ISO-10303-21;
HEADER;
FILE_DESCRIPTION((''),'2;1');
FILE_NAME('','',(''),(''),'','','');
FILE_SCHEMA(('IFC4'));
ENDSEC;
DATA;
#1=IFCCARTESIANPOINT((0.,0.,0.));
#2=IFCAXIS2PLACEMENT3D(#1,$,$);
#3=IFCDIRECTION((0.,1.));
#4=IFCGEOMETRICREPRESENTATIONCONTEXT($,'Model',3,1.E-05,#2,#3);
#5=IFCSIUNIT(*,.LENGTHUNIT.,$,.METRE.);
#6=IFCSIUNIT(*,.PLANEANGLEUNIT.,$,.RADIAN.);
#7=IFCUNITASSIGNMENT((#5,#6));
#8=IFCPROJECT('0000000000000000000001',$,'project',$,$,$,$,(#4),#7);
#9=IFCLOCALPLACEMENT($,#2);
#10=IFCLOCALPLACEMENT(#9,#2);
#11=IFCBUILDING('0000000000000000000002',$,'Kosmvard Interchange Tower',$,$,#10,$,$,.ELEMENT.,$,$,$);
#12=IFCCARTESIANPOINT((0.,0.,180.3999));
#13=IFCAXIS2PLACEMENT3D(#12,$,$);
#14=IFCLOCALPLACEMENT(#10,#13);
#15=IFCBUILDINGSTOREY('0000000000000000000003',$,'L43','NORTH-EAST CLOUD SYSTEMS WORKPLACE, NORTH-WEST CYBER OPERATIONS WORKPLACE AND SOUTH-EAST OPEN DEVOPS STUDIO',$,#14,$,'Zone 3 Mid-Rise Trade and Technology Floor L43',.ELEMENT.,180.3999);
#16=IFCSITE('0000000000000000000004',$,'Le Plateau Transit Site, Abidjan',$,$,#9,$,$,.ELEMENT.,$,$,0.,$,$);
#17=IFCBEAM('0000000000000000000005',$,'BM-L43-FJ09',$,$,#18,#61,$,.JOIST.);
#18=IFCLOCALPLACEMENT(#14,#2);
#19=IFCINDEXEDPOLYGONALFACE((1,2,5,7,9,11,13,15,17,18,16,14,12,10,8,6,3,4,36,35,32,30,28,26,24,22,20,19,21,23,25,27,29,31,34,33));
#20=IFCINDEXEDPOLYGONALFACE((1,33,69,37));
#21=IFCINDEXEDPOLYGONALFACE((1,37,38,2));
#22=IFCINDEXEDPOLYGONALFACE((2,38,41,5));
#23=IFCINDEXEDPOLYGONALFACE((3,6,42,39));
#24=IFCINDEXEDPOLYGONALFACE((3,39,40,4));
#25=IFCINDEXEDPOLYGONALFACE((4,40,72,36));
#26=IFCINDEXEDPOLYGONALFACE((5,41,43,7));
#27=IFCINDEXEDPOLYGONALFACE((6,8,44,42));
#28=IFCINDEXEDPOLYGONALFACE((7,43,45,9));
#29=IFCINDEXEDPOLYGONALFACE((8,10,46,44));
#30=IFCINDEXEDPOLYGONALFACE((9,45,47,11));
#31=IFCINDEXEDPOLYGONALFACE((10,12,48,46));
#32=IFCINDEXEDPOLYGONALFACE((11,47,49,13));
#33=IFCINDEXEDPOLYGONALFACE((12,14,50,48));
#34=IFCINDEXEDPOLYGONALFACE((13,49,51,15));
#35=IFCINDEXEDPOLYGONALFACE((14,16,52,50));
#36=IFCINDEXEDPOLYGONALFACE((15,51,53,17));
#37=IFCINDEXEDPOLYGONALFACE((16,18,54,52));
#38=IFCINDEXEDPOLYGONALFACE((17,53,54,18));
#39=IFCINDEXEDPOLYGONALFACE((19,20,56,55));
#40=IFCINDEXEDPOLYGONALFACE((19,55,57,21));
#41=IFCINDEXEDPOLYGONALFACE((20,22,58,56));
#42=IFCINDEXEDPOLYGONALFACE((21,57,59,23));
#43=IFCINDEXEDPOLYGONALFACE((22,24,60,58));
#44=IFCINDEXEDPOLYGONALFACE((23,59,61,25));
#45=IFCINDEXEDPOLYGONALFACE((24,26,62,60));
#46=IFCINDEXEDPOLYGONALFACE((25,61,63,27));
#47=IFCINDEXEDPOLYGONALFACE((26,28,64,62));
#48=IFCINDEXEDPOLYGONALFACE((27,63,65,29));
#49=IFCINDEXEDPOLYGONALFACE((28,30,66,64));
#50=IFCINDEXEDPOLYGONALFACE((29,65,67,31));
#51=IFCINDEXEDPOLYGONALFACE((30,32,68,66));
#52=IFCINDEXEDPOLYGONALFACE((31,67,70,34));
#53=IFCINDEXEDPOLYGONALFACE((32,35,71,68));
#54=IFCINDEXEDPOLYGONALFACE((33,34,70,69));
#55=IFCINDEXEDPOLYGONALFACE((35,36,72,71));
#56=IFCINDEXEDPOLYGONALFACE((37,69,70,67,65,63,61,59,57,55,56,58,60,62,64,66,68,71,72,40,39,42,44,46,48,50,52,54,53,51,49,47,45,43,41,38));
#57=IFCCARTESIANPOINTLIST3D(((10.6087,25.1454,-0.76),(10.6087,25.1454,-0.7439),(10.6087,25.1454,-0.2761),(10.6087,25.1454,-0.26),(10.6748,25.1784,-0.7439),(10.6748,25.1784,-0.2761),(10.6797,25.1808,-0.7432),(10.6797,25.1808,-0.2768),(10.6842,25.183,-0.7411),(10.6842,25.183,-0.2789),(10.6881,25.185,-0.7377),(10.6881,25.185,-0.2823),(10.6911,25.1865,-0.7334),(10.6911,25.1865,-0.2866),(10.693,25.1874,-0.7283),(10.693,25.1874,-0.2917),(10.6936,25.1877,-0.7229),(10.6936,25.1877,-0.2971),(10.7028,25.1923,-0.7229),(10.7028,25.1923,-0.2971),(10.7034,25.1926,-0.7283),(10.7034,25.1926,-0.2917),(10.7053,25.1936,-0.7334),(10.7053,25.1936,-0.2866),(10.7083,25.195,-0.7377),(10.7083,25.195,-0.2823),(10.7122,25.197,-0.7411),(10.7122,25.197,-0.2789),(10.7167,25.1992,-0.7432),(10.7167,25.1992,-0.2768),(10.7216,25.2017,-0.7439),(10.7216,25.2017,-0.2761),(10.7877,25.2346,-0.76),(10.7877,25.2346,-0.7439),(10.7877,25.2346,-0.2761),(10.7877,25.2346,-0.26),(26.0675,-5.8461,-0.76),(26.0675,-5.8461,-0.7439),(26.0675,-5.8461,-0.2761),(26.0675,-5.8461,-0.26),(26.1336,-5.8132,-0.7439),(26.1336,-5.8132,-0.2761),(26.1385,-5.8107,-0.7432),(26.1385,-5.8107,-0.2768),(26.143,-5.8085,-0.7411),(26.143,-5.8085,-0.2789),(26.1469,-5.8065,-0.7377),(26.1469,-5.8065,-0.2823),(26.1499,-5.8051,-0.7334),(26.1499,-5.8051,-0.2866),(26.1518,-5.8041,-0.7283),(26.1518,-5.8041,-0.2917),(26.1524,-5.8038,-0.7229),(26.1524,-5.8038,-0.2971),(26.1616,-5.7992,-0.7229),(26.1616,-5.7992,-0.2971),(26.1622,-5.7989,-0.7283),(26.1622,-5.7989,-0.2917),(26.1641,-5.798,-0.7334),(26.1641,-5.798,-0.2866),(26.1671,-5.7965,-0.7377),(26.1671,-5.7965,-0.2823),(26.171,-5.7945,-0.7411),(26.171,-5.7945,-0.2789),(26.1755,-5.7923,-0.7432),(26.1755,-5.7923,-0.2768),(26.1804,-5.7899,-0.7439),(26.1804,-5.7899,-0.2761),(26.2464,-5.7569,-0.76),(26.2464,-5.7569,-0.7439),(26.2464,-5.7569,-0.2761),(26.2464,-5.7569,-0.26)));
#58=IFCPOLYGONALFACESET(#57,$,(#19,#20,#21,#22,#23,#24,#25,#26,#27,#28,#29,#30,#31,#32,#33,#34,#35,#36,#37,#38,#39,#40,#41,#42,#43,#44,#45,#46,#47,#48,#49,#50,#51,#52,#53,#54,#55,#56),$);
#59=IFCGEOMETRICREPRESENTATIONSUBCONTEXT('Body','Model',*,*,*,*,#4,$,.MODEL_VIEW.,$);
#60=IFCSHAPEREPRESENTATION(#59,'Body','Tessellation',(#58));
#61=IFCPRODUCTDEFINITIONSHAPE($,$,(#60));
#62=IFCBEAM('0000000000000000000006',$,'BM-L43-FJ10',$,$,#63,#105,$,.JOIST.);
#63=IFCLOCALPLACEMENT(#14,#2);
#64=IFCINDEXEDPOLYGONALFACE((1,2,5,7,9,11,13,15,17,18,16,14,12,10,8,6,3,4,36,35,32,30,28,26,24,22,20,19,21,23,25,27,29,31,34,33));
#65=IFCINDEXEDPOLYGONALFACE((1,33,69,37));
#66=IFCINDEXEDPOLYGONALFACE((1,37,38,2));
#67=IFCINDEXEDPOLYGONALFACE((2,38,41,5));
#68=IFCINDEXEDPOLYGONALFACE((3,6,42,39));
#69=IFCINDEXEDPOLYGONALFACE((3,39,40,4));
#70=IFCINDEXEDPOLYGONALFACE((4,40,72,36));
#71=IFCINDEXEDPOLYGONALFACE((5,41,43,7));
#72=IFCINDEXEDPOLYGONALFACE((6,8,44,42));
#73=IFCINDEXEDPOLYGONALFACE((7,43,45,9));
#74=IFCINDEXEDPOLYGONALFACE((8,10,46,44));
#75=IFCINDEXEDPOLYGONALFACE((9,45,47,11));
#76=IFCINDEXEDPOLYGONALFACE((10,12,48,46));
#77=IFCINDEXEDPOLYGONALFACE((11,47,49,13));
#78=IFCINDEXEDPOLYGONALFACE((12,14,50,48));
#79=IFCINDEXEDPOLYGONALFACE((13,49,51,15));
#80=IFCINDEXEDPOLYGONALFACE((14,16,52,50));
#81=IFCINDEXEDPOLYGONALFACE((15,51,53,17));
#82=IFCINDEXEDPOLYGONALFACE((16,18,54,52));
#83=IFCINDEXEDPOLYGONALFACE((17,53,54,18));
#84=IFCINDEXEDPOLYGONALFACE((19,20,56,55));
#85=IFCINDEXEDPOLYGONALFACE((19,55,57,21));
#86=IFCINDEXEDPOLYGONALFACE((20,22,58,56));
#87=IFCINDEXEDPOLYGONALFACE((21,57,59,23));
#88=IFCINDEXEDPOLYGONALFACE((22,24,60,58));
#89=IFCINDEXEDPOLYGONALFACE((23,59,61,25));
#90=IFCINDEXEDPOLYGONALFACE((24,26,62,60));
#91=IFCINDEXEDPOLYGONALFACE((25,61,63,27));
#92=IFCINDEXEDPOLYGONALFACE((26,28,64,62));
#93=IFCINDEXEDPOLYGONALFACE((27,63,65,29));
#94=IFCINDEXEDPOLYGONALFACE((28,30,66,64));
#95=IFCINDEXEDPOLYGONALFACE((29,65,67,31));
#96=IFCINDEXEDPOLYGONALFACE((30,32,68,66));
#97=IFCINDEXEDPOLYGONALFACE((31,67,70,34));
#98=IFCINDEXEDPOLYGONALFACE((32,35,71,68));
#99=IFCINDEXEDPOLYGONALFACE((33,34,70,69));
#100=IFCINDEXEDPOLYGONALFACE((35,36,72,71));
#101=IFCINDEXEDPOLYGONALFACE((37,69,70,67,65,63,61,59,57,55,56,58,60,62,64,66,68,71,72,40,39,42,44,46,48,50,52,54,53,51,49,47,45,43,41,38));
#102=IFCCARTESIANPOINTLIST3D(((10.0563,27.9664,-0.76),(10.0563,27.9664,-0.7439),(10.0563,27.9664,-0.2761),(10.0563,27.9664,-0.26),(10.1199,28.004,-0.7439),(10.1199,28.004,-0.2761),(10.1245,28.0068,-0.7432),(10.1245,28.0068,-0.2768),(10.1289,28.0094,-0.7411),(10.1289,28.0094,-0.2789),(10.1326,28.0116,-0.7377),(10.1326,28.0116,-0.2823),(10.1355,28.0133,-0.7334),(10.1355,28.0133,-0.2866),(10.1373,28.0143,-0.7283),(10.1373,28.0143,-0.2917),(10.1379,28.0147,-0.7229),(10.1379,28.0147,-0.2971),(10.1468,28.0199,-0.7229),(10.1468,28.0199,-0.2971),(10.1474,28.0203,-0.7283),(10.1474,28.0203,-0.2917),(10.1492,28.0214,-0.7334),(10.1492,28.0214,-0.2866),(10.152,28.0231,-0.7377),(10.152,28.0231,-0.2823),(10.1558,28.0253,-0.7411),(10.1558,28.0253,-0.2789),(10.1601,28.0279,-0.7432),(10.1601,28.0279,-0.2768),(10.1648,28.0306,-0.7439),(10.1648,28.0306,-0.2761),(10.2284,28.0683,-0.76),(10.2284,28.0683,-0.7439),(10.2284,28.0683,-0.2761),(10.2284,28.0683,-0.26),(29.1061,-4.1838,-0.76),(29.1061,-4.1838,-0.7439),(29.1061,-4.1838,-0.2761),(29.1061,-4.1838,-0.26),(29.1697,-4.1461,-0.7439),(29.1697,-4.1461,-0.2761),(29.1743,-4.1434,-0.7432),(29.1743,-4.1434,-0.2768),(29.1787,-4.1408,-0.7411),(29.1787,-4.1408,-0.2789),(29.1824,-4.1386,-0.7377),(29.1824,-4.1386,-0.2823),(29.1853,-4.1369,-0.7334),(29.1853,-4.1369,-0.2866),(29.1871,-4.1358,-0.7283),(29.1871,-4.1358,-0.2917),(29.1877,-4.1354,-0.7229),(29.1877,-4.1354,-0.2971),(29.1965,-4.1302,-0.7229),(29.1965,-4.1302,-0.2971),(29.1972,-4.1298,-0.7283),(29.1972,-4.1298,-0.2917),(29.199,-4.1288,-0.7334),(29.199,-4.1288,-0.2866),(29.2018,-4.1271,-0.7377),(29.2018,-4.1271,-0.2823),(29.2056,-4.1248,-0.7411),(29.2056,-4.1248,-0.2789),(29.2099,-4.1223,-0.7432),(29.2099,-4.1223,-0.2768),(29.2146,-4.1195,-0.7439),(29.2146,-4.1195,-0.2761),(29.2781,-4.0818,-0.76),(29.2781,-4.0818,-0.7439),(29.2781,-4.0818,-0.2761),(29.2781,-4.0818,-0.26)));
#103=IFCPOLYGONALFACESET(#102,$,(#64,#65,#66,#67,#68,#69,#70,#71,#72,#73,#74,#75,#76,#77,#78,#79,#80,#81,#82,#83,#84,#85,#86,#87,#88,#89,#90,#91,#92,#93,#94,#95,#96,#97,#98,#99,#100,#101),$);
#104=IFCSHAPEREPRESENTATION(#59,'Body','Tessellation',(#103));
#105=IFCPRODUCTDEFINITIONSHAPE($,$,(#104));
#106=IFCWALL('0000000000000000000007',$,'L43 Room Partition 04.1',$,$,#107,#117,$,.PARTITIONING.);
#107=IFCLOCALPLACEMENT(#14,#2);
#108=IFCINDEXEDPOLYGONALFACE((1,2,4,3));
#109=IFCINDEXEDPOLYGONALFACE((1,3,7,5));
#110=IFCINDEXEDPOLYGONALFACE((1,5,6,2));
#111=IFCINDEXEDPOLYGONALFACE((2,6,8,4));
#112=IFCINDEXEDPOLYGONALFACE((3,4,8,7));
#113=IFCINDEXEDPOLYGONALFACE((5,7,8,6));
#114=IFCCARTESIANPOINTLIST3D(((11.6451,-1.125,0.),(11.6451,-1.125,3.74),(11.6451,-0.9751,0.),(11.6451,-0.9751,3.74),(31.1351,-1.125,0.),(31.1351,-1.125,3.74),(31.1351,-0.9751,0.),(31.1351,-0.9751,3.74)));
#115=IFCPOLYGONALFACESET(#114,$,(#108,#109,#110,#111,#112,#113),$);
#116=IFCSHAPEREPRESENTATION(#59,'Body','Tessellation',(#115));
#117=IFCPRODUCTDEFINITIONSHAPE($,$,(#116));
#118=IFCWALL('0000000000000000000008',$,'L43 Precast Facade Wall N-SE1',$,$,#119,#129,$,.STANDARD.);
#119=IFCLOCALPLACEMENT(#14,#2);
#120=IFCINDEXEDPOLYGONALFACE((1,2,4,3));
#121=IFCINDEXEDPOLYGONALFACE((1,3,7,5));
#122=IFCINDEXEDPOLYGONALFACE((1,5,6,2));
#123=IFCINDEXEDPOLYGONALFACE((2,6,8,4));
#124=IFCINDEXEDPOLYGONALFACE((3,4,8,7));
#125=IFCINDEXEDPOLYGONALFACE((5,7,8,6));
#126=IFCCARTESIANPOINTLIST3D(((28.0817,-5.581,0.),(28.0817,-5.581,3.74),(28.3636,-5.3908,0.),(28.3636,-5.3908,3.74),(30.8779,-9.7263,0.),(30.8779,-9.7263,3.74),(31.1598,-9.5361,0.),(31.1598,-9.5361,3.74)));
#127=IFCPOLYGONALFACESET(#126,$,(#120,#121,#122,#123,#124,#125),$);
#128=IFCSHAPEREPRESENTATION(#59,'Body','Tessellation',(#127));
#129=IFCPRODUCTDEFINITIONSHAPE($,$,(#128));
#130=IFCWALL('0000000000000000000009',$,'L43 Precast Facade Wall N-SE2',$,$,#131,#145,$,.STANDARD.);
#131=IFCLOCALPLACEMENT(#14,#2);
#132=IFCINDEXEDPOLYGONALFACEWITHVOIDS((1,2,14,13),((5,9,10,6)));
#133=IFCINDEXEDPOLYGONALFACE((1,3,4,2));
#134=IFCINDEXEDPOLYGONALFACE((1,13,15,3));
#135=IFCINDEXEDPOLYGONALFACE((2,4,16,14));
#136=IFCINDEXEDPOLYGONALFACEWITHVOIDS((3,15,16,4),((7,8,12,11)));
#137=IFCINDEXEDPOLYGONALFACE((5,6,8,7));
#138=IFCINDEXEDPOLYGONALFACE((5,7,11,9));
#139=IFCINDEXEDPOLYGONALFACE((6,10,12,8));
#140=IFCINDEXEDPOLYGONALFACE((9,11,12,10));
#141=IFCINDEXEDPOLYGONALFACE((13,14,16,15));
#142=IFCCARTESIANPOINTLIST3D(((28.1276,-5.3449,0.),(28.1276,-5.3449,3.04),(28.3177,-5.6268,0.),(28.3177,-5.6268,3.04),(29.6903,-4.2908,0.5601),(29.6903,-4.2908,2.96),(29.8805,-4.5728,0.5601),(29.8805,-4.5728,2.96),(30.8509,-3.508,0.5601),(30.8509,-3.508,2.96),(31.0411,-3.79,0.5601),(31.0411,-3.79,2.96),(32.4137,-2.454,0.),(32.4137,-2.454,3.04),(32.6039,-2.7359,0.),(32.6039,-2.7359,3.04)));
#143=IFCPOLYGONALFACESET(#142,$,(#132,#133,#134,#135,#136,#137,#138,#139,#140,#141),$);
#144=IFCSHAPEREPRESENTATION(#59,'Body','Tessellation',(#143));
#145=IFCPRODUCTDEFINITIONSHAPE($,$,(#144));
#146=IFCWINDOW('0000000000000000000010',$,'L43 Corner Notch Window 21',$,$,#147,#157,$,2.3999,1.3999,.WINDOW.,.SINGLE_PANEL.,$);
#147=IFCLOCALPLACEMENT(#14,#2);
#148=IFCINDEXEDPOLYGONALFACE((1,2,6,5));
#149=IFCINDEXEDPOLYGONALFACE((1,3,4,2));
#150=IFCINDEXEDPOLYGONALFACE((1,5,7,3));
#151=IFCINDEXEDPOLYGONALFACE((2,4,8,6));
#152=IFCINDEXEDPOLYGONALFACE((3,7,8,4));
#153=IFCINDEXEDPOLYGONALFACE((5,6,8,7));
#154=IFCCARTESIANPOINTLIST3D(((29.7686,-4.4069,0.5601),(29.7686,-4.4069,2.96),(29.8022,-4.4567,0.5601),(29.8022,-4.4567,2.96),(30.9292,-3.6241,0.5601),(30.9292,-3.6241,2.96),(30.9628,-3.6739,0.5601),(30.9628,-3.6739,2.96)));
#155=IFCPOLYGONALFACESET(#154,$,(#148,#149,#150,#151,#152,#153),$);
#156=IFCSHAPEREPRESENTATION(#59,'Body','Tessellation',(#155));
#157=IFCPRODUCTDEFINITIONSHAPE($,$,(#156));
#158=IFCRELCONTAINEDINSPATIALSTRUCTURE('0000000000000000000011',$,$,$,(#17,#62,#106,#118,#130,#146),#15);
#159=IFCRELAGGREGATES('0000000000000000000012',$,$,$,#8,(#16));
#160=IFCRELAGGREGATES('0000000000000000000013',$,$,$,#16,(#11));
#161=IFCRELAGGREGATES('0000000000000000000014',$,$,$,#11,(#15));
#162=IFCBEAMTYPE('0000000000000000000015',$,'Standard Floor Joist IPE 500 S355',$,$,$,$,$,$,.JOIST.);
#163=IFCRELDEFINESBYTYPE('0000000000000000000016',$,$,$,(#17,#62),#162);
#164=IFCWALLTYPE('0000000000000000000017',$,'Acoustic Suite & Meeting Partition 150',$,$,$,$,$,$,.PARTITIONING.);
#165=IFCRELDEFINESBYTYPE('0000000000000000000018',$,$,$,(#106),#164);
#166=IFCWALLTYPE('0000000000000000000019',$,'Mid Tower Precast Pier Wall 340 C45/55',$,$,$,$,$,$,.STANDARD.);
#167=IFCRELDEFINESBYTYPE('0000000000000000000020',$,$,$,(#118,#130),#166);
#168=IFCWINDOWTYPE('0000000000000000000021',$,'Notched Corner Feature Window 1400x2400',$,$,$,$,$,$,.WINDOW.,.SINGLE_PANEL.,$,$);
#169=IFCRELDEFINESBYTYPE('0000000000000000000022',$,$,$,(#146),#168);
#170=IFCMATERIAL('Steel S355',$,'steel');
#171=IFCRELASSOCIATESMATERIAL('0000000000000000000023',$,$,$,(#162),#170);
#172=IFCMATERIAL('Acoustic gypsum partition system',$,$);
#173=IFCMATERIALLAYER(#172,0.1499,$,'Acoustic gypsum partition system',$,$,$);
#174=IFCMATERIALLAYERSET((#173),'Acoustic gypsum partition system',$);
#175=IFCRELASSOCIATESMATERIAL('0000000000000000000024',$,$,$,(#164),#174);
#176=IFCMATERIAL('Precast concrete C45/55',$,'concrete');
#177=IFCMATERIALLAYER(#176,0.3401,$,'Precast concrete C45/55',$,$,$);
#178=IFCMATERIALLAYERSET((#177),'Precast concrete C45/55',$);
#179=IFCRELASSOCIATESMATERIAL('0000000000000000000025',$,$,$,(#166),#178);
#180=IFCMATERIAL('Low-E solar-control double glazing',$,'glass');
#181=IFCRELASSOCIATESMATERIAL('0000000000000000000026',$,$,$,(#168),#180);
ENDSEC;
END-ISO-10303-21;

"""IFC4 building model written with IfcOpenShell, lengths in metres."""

from ifc_helpers import new_model, si_unit, direction, frame, frame_2d, origin, origin_2d, place, context, subcontext, project, spatial, rectangle, i_section, extrude, source, transform, mapped, material, layer, layer_set, material_profile, profile_set, type_object, element, fill, save


model = new_model("IFC4")

# Units and contexts
model_context = context("Model", 3, precision=1e-05, world=origin(), true_north=direction((0.0, 1.0)))
body_context = subcontext(model_context, "Body", "Model", "MODEL_VIEW")
ifc_project = project(units=[si_unit("LENGTHUNIT", "METRE"), si_unit("PLANEANGLEUNIT", "RADIAN")], contexts=[model_context])

# Site, building, storey
site_placement = place(None, origin())
site = spatial("IfcSite", under=ifc_project, at=site_placement, Name="Le Plateau Transit Site, Abidjan", CompositionType="ELEMENT", RefElevation=0.0)
building_placement = place(site_placement, origin())
building = spatial("IfcBuilding", under=site, at=building_placement, Name="Kosmvard Interchange Tower", CompositionType="ELEMENT")
storey_placement = place(building_placement, frame((0.0, 0.0, 180.3999)))
storey = spatial("IfcBuildingStorey", under=building, at=storey_placement, Name="L43", Description="NORTH-EAST CLOUD SYSTEMS WORKPLACE, NORTH-WEST CYBER OPERATIONS WORKPLACE AND SOUTH-EAST OPEN DEVOPS STUDIO", LongName="Zone 3 Mid-Rise Trade and Technology Floor L43", CompositionType="ELEMENT", Elevation=180.3999)

# Beams
ifc_material_1 = material(Name="Steel S355", Category="steel")
ifc_material_2 = material(Name="Precast concrete C45/55", Category="concrete")
ifc_material_profile_1 = material_profile(ifc_material_1, i_section(OverallWidth=0.2, OverallDepth=0.5, WebThickness=0.0103, FlangeThickness=0.0161, FilletRadius=0.021, at=origin_2d()), Name="IPE 500")
ifc_profile_set_1 = profile_set([ifc_material_profile_1], Name="Steel S355")
beam_type_1 = type_object("IfcBeamType", Name="Standard Floor Joist IPE 500 S355", PredefinedType="JOIST", material=ifc_profile_set_1)
shared_shape_1 = source(origin(), body_context, "Body", "SweptSolid", [
    extrude(i_section(OverallWidth=0.2, OverallDepth=0.5, WebThickness=0.0103, FlangeThickness=0.0161, FilletRadius=0.021, at=origin_2d()), origin(), (0.0, 0.0, 1.0), 34.6331),
])
beam_1_placement = place(storey_placement, frame((26.157, -5.8015, -0.51), z_axis=(-0.446359, 0.894854, 0.0), x_axis=(-0.894854, -0.446359, 0.0)))
element("IfcBeam", 1, at=beam_1_placement, inside=storey, type_object=beam_type_1, Name="BM-L43-FJ09", PredefinedType="JOIST", context=body_context, shape_type="MappedRepresentation", body=[
    mapped(shared_shape_1, transform((0.0, 0.0, 0.0), scale=1.0)),
])
shared_shape_2 = source(origin(), body_context, "Body", "SweptSolid", [
    extrude(i_section(OverallWidth=0.2, OverallDepth=0.5, WebThickness=0.0103, FlangeThickness=0.0161, FilletRadius=0.021, at=origin_2d()), origin(), (0.0, 0.0, 1.0), 37.3701),
])
beam_2_placement = place(storey_placement, frame((29.1921, -4.1328, -0.51), z_axis=(-0.50976, 0.860317, 0.0), x_axis=(-0.860317, -0.50976, 0.0)))
element("IfcBeam", 2, at=beam_2_placement, inside=storey, type_object=beam_type_1, Name="BM-L43-FJ10", PredefinedType="JOIST", context=body_context, shape_type="MappedRepresentation", body=[
    mapped(shared_shape_2, transform((0.0, 0.0, 0.0), scale=1.0)),
])

# Walls
ifc_material_3 = material(Name="Acoustic gypsum partition system")
ifc_layer_1 = layer(ifc_material_3, 0.1499, Name="Acoustic gypsum partition system")
ifc_layer_set_1 = layer_set([ifc_layer_1], Name="Acoustic gypsum partition system")
wall_type_1 = type_object("IfcWallType", Name="Acoustic Suite & Meeting Partition 150", PredefinedType="PARTITIONING", material=ifc_layer_set_1)
wall_1_placement = place(storey_placement, frame((11.645, -1.05, 0.0), z_axis=(0.0, 0.0, 1.0), x_axis=(1.0, 0.0, 0.0)))
element("IfcWall", 3, at=wall_1_placement, inside=storey, type_object=wall_type_1, Name="L43 Room Partition 04.1", PredefinedType="PARTITIONING", context=body_context, shape_type="SweptSolid", body=[
    extrude(rectangle(XDim=19.49, YDim=0.1499, at=frame_2d((9.7451, 0.0))), origin(), (0.0, 0.0, 1.0), 3.74),
])
ifc_layer_2 = layer(ifc_material_2, 0.3401, Name="Precast concrete C45/55")
ifc_layer_set_2 = layer_set([ifc_layer_2], Name="Precast concrete C45/55")
wall_type_2 = type_object("IfcWallType", Name="Mid Tower Precast Pier Wall 340 C45/55", PredefinedType="STANDARD", material=ifc_layer_set_2)
wall_2_placement = place(storey_placement, frame((31.0188, -9.6311, 0.0), z_axis=(0.0, 0.0, 1.0), x_axis=(-0.55921, 0.829026, 0.0)))
element("IfcWall", 4, at=wall_2_placement, inside=storey, type_object=wall_type_2, Name="L43 Precast Facade Wall N-SE1", PredefinedType="STANDARD", context=body_context, shape_type="SweptSolid", body=[
    extrude(rectangle(XDim=5.0002, YDim=0.3401, at=frame_2d((2.5, 0.0))), origin(), (0.0, 0.0, 1.0), 3.74),
])

# Wall, opening, window
wall_3_placement = place(storey_placement, frame((28.2227, -5.4858, 0.0), z_axis=(0.0, 0.0, 1.0), x_axis=(0.829052, 0.559171, 0.0)))
wall_3 = element("IfcWall", 5, at=wall_3_placement, inside=storey, type_object=wall_type_2, Name="L43 Precast Facade Wall N-SE2", PredefinedType="STANDARD", context=body_context, shape_type="SweptSolid", body=[
    extrude(rectangle(XDim=5.1699, YDim=0.3401, at=frame_2d((2.585, 0.0))), origin(), (0.0, 0.0, 1.0), 3.04),
])
opening_1_placement = place(wall_3_placement, frame((1.885, 0.0, 0.5601)))
opening_1 = element("IfcOpeningElement", 6, at=opening_1_placement, cuts=wall_3, PredefinedType="OPENING", context=body_context, shape_type="SweptSolid", body=[
    extrude(rectangle(XDim=1.3999, YDim=2.3999, at=frame_2d((0.7, 1.2))), frame((0.0, 0.1802, 0.0), z_axis=(0.0, -1.0, 0.0), x_axis=(1.0, 0.0, 0.0)), (0.0, 0.0, 1.0), 0.3601),
])
ifc_material_4 = material(Name="Low-E solar-control double glazing", Category="glass")
window_type_1 = type_object("IfcWindowType", Name="Notched Corner Feature Window 1400x2400", PartitioningType="SINGLE_PANEL", PredefinedType="WINDOW", material=ifc_material_4)
shared_shape_3 = source(origin(), body_context, "Body", "SweptSolid", [
    extrude(rectangle(XDim=1.3999, YDim=2.3999, at=frame_2d((0.7, 1.2))), frame((0.0, 0.03, 0.0), z_axis=(0.0, -1.0, 0.0), x_axis=(1.0, 0.0, 0.0)), (0.0, 0.0, 1.0), 0.0601),
])
window_1_placement = place(opening_1_placement, origin())
window_1 = element("IfcWindow", 7, at=window_1_placement, inside=storey, type_object=window_type_1, Name="L43 Corner Notch Window 21", OverallHeight=2.3999, OverallWidth=1.3999, PartitioningType="SINGLE_PANEL", PredefinedType="WINDOW", context=body_context, shape_type="MappedRepresentation", body=[
    mapped(shared_shape_3, transform((0.0, 0.0, 0.0), scale=1.0)),
])
fill(opening_1, window_1)

save(model, "model.ifc")
